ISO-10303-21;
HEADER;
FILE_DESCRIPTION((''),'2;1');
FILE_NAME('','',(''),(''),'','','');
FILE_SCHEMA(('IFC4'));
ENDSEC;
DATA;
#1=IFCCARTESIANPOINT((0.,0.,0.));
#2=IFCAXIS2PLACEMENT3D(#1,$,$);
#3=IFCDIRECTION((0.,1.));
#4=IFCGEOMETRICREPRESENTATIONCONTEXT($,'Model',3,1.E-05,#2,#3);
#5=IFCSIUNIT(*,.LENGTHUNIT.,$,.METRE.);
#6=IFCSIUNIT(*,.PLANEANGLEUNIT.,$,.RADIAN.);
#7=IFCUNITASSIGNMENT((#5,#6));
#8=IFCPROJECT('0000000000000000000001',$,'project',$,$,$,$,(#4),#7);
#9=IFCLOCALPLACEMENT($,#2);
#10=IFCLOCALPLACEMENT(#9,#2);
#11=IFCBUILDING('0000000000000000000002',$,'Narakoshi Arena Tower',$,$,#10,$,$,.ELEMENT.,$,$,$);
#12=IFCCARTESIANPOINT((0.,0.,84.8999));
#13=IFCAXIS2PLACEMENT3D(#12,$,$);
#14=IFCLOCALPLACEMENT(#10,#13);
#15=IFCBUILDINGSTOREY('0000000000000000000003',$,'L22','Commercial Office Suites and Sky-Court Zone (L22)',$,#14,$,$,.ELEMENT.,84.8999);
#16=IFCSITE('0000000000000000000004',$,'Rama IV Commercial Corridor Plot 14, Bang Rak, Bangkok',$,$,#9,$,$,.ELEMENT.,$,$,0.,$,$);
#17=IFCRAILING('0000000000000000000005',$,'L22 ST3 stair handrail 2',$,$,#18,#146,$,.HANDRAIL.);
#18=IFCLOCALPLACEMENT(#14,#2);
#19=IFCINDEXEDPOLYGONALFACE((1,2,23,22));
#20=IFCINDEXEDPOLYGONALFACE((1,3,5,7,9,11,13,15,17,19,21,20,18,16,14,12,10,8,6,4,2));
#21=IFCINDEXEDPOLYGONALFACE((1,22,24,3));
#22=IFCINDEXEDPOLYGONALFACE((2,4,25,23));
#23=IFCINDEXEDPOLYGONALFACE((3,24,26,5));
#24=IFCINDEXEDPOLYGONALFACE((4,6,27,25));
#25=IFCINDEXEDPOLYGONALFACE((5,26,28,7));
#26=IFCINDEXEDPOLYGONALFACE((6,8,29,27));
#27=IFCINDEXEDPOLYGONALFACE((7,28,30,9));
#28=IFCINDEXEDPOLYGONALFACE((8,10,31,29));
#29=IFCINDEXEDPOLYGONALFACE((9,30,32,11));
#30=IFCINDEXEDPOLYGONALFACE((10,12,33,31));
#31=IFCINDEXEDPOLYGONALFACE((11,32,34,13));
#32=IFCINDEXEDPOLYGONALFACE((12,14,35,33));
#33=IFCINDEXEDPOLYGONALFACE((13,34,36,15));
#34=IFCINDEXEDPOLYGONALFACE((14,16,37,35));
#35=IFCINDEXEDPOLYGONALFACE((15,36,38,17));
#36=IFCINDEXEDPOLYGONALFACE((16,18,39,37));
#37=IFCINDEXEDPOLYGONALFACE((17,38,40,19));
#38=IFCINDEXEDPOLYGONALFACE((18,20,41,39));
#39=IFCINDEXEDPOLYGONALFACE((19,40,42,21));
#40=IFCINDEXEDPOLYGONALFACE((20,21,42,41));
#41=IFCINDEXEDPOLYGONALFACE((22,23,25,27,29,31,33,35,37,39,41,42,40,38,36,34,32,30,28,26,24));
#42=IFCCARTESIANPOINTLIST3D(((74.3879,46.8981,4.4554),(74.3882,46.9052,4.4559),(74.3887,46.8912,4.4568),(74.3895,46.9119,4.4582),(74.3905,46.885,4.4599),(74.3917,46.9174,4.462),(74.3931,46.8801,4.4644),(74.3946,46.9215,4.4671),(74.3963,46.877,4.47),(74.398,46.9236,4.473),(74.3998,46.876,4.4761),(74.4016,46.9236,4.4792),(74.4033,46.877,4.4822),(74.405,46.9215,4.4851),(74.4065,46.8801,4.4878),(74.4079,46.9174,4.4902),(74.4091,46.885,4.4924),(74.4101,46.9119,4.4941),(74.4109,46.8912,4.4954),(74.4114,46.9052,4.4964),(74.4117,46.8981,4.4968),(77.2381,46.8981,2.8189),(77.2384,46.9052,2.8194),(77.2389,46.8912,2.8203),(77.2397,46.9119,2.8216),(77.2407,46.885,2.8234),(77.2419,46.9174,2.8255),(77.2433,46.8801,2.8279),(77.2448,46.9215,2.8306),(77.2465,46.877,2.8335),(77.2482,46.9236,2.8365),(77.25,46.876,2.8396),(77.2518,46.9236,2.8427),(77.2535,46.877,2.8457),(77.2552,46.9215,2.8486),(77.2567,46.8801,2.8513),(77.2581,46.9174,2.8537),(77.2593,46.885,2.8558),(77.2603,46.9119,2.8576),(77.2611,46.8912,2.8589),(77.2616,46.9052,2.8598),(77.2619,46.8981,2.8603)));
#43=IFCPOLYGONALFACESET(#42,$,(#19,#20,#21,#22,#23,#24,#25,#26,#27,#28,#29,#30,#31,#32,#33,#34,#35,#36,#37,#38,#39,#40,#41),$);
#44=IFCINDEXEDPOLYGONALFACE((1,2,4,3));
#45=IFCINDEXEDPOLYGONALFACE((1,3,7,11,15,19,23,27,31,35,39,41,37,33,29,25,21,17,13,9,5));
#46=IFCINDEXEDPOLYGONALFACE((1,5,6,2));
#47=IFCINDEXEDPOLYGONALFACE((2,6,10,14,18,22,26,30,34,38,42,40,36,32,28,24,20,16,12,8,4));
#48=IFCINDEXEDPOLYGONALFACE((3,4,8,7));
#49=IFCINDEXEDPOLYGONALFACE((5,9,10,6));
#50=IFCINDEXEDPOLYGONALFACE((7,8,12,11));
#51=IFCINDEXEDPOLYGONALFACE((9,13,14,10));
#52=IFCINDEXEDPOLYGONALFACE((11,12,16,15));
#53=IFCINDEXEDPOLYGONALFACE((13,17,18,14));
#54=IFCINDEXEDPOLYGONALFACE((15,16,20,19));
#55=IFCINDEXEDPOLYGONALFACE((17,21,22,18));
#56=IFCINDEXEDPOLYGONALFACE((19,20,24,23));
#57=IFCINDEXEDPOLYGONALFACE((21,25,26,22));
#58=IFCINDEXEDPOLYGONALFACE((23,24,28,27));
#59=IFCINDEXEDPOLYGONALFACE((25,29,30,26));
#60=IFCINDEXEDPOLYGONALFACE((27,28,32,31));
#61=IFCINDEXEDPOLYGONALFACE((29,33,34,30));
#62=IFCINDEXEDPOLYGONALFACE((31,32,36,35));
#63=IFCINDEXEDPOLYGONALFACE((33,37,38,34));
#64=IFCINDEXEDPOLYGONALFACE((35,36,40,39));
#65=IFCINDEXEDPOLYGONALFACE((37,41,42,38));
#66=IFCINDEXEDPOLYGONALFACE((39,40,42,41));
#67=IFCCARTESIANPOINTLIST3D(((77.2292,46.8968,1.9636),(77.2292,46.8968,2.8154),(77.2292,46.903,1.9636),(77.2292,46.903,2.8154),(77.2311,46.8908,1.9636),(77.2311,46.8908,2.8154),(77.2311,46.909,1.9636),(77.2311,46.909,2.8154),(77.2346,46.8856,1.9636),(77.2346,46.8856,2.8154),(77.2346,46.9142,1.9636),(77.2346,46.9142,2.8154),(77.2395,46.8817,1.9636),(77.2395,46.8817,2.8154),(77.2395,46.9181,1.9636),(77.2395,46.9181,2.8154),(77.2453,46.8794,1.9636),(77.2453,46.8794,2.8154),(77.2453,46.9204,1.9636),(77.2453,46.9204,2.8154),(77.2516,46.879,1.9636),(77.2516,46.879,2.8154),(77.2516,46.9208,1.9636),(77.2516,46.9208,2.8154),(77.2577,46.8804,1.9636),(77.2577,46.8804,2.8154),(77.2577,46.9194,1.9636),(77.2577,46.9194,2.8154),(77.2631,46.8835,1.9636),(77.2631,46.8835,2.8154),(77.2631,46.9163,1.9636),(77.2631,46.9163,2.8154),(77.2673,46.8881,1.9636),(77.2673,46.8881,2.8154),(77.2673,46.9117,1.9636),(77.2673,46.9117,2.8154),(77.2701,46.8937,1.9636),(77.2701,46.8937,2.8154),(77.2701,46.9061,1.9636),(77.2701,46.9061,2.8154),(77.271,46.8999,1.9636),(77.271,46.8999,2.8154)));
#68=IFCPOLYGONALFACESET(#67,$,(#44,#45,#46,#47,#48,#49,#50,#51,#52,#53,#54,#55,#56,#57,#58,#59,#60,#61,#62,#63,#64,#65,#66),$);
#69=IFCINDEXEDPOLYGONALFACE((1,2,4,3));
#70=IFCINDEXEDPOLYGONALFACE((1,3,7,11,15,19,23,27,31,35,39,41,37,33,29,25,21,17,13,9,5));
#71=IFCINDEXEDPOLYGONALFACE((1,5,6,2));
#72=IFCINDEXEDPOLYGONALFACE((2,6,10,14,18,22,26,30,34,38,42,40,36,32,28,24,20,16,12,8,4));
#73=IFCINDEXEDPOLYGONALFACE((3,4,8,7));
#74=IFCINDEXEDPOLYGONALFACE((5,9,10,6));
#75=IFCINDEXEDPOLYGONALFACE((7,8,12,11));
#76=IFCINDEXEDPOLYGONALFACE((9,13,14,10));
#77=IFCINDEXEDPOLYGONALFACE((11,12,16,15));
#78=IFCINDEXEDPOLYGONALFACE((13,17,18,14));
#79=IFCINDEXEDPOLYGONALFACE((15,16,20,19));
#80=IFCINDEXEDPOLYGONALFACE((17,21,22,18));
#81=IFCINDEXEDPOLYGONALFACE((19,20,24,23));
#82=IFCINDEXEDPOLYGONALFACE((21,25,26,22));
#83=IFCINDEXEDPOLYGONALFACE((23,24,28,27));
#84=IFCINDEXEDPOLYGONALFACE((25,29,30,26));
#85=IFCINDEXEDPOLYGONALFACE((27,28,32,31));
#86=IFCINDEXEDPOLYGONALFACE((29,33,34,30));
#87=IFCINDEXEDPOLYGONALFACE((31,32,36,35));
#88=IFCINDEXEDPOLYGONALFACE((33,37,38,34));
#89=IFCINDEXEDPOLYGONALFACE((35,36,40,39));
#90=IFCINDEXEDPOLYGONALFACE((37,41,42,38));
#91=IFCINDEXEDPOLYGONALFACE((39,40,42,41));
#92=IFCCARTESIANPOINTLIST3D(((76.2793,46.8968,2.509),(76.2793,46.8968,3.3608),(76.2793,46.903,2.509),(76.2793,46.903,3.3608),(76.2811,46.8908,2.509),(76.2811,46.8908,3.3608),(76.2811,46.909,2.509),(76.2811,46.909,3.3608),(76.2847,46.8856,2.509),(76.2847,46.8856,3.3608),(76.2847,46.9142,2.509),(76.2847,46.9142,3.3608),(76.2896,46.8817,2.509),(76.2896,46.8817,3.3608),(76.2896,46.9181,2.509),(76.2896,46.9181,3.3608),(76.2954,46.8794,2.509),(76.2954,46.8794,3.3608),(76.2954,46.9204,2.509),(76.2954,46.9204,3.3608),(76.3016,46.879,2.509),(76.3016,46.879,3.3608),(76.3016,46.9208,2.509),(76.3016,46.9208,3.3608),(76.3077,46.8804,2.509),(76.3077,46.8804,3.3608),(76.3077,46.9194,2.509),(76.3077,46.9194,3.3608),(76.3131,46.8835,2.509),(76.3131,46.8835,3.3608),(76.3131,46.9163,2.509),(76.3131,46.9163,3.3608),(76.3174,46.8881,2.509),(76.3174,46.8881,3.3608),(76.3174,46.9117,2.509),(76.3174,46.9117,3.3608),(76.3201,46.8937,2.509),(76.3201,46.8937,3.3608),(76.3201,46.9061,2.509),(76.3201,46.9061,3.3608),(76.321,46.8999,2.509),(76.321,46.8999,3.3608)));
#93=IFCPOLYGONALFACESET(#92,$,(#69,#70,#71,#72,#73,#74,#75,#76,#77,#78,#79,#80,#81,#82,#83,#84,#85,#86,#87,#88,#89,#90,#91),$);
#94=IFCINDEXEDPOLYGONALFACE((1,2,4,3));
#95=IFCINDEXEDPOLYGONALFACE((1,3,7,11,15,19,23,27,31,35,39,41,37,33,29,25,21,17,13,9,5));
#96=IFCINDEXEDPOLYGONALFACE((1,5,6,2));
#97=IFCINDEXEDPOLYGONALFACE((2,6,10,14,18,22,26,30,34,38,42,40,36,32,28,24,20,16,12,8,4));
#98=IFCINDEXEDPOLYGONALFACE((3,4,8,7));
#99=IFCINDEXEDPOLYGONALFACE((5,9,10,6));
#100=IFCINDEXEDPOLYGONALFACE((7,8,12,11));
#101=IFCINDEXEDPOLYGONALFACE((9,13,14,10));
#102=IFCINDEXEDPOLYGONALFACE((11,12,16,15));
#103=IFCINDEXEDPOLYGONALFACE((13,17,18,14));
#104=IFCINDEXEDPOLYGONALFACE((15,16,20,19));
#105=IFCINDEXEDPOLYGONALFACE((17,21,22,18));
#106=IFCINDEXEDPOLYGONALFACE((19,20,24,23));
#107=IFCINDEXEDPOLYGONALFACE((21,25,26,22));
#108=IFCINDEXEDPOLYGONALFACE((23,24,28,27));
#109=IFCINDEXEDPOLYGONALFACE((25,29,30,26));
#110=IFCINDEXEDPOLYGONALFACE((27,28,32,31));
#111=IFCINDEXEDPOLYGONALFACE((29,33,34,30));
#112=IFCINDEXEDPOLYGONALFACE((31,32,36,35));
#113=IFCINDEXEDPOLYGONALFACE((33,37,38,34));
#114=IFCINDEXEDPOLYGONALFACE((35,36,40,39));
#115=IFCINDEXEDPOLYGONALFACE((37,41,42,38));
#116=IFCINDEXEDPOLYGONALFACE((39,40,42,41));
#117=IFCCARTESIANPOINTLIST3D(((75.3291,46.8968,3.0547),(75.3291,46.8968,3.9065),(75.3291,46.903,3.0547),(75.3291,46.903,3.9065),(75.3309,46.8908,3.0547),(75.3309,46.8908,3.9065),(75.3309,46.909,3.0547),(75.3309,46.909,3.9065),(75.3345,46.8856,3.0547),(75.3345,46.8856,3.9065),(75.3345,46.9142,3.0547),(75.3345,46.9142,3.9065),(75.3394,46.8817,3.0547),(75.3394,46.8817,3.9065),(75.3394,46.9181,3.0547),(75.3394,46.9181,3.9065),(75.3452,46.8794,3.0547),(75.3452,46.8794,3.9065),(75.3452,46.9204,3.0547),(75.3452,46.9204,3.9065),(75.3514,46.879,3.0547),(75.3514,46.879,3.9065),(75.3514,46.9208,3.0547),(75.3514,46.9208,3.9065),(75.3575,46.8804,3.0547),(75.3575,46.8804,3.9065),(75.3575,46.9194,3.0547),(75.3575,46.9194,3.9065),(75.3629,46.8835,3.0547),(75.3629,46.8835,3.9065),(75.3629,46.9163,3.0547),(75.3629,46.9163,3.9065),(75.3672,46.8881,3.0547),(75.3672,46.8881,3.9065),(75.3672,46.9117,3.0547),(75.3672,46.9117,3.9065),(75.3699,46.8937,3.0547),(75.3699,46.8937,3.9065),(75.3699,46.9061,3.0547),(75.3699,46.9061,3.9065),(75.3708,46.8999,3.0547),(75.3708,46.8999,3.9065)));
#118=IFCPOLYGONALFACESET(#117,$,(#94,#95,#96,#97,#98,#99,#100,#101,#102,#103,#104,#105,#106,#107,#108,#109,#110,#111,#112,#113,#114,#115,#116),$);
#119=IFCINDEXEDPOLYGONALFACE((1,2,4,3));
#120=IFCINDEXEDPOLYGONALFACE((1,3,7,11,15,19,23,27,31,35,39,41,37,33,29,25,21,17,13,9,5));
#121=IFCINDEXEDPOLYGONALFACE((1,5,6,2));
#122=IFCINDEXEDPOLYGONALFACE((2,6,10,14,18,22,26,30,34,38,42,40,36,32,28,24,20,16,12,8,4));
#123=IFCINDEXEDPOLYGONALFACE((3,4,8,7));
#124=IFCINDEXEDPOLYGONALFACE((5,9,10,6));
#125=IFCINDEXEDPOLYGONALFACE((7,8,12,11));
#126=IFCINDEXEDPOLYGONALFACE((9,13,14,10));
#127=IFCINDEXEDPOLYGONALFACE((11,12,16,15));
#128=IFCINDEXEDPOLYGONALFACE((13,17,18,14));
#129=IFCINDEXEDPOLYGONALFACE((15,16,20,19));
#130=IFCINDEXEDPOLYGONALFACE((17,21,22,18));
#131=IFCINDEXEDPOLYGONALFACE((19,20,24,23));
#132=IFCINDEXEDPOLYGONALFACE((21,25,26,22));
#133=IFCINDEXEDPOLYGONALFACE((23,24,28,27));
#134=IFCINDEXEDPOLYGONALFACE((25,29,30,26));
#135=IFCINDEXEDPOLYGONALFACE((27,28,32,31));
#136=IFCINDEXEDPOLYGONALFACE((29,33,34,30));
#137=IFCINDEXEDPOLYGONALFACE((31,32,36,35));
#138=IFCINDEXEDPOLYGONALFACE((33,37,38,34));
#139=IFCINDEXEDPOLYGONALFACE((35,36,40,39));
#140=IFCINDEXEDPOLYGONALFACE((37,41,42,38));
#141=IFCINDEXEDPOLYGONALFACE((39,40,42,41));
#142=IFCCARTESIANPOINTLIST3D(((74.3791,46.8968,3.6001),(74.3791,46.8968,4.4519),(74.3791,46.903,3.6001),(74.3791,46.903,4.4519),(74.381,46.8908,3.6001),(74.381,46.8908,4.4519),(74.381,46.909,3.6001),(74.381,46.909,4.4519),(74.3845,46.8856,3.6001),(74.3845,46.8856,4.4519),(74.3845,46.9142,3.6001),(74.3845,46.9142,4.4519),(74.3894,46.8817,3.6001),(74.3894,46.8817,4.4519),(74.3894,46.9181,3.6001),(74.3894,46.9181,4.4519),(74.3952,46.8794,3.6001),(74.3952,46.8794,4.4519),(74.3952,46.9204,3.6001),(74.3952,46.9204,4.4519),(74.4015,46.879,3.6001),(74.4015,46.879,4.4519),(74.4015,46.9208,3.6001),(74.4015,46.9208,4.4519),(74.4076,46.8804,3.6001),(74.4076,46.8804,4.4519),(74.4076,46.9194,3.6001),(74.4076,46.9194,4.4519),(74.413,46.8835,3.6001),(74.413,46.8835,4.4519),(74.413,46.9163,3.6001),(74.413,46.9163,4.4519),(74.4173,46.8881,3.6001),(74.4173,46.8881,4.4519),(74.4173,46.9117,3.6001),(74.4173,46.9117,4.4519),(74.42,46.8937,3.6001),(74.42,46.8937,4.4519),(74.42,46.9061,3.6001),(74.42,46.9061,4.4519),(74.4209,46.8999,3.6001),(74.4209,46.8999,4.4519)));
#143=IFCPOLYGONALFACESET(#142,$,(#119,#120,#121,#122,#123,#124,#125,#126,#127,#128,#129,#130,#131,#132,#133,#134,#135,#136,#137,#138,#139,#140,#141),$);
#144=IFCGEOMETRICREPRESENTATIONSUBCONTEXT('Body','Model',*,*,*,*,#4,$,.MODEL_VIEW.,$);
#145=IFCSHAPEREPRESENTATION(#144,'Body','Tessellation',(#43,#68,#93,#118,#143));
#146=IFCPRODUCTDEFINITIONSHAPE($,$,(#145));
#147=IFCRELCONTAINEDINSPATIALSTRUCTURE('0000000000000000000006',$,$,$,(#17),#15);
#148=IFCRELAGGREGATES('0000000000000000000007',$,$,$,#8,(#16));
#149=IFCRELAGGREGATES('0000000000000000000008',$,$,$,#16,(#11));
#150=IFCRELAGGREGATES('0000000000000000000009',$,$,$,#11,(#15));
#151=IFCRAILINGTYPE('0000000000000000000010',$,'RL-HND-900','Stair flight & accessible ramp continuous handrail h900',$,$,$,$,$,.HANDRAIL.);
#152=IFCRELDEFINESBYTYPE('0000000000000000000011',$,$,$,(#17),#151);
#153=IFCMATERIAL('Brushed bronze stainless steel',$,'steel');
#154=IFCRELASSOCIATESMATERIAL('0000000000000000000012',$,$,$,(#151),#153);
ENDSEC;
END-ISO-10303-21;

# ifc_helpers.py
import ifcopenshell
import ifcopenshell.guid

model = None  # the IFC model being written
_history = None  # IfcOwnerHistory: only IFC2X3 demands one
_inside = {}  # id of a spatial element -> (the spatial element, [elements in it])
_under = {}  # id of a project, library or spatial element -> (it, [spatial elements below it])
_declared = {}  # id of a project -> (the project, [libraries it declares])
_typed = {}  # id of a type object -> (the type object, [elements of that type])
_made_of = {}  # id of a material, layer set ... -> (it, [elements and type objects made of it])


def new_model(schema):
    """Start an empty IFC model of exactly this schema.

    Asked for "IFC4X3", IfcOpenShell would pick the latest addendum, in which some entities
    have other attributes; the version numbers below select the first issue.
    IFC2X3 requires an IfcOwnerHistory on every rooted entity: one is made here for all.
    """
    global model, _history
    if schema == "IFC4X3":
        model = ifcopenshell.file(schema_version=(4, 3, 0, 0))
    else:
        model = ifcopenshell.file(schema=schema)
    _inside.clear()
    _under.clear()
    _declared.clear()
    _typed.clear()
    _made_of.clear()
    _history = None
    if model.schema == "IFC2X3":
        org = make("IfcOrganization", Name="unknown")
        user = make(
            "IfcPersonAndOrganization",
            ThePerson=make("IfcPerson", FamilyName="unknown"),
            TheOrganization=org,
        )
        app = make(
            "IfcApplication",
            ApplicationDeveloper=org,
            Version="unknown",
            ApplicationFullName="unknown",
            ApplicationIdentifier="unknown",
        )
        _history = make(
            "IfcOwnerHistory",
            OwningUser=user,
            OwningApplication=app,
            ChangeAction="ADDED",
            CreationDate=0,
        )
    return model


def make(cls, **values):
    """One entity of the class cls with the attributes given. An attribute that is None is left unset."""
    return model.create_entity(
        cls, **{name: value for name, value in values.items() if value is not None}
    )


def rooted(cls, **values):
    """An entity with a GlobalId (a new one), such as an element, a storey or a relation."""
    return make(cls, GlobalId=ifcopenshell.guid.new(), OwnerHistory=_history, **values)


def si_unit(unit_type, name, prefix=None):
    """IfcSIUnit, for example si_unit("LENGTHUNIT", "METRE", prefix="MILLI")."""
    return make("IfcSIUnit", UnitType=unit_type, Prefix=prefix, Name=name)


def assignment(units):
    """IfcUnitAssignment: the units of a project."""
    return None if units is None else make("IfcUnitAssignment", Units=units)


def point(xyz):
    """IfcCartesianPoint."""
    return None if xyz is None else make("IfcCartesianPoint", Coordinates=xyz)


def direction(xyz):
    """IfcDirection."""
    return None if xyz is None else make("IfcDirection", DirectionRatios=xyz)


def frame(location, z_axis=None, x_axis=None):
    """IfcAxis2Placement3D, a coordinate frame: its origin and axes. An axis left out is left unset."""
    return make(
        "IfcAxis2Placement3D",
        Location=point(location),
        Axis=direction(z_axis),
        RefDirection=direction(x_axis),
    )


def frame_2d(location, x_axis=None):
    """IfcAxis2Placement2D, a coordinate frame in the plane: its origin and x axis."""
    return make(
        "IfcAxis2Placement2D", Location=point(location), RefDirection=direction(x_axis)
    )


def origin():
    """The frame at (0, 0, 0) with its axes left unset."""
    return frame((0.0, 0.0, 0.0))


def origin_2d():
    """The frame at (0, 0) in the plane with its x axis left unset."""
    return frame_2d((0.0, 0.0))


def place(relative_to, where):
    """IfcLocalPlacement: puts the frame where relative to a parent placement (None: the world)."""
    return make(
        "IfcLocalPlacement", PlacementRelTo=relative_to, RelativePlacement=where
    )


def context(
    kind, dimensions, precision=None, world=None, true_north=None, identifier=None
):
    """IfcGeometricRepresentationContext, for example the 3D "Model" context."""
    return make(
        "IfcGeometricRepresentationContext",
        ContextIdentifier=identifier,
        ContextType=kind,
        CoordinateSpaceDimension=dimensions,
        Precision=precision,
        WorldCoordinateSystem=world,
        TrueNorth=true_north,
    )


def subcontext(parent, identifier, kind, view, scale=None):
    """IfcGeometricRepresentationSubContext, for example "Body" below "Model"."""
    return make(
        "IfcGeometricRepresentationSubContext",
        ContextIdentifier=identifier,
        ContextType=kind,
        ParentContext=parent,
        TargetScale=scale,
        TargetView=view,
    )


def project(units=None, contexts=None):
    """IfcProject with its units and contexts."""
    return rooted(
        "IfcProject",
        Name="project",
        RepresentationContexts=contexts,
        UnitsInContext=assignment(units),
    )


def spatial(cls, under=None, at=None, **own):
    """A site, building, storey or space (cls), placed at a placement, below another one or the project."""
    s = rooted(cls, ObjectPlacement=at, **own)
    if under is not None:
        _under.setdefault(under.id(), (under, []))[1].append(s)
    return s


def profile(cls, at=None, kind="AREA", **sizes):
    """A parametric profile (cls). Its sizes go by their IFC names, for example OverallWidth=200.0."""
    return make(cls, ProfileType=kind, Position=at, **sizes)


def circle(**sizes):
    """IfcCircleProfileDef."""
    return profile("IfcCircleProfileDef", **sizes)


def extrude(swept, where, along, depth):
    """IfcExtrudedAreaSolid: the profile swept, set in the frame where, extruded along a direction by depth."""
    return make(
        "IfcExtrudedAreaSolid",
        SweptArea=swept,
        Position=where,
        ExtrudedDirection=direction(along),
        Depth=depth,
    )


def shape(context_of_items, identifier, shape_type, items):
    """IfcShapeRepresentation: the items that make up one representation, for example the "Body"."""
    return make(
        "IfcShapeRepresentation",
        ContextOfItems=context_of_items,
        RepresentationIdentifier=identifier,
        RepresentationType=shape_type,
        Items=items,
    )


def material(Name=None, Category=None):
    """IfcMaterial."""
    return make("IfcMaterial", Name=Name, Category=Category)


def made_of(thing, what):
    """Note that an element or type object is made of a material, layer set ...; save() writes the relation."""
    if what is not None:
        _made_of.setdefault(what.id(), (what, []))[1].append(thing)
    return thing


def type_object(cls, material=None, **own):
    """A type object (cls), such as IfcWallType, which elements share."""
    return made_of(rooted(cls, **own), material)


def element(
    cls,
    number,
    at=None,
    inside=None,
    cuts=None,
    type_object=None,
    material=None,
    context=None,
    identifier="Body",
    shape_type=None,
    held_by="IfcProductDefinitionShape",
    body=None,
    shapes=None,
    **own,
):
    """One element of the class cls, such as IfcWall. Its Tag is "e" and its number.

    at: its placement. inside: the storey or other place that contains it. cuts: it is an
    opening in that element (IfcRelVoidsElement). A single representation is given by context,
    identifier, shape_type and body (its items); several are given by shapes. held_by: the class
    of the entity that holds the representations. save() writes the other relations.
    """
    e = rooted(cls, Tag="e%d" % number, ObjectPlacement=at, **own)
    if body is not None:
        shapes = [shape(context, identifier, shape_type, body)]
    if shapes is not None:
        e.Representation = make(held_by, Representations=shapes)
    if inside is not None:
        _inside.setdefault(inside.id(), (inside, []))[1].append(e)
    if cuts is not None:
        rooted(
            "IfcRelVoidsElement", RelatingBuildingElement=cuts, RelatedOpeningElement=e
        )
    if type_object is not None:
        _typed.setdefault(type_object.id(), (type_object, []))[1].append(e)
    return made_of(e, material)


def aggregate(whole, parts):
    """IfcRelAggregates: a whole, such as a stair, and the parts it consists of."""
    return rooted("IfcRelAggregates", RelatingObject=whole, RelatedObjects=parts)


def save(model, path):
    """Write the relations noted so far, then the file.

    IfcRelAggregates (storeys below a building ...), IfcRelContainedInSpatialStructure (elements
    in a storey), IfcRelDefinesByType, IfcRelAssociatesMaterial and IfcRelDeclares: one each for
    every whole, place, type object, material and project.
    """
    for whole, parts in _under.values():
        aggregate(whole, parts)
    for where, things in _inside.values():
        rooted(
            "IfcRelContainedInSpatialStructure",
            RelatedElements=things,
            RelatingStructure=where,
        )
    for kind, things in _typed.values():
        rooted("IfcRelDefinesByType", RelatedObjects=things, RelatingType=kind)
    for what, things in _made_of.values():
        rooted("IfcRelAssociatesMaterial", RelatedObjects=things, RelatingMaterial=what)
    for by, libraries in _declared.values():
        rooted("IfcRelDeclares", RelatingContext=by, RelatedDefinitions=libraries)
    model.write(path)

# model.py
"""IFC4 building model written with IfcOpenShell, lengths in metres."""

from ifc_helpers import new_model, si_unit, direction, frame, origin, origin_2d, place, context, subcontext, project, spatial, circle, extrude, material, type_object, element, save


model = new_model("IFC4")

# Units and contexts
model_context = context("Model", 3, precision=1e-05, world=origin(), true_north=direction((0.0, 1.0)))
body_context = subcontext(model_context, "Body", "Model", "MODEL_VIEW")
ifc_project = project(units=[si_unit("LENGTHUNIT", "METRE"), si_unit("PLANEANGLEUNIT", "RADIAN")], contexts=[model_context])

# Site, building, storey
site_placement = place(None, origin())
site = spatial("IfcSite", under=ifc_project, at=site_placement, Name="Rama IV Commercial Corridor Plot 14, Bang Rak, Bangkok", CompositionType="ELEMENT", RefElevation=0.0)
building_placement = place(site_placement, origin())
building = spatial("IfcBuilding", under=site, at=building_placement, Name="Narakoshi Arena Tower", CompositionType="ELEMENT")
storey_placement = place(building_placement, frame((0.0, 0.0, 84.8999)))
storey = spatial("IfcBuildingStorey", under=building, at=storey_placement, Name="L22", Description="Commercial Office Suites and Sky-Court Zone (L22)", CompositionType="ELEMENT", Elevation=84.8999)

# Railing
ifc_material_1 = material(Name="Brushed bronze stainless steel", Category="steel")
railing_type_1 = type_object("IfcRailingType", Name="RL-HND-900", Description="Stair flight & accessible ramp continuous handrail h900", PredefinedType="HANDRAIL", material=ifc_material_1)
railing_1_placement = place(storey_placement, frame((77.25, 46.8999, 1.9636)))
element("IfcRailing", 1, at=railing_1_placement, inside=storey, type_object=railing_type_1, Name="L22 ST3 stair handrail 2", PredefinedType="HANDRAIL", context=body_context, shape_type="SweptSolid", body=[
    extrude(circle(Radius=0.0239, at=origin_2d()), frame((0.0, 0.0, 0.876), z_axis=(-0.867213, 0.0, 0.497938), x_axis=(0.0, -1.0, 0.0)), (0.0, 0.0, 1.0), 3.2866),
    extrude(circle(Radius=0.021, at=origin_2d()), origin(), (0.0, 0.0, 1.0), 0.8518),
    extrude(circle(Radius=0.021, at=origin_2d()), frame((-0.95, 0.0, 0.5454)), (0.0, 0.0, 1.0), 0.8518),
    extrude(circle(Radius=0.021, at=origin_2d()), frame((-1.9001, 0.0, 1.0911)), (0.0, 0.0, 1.0), 0.8518),
    extrude(circle(Radius=0.021, at=origin_2d()), frame((-2.8501, 0.0, 1.6365)), (0.0, 0.0, 1.0), 0.8518),
])

save(model, "model.ifc")
